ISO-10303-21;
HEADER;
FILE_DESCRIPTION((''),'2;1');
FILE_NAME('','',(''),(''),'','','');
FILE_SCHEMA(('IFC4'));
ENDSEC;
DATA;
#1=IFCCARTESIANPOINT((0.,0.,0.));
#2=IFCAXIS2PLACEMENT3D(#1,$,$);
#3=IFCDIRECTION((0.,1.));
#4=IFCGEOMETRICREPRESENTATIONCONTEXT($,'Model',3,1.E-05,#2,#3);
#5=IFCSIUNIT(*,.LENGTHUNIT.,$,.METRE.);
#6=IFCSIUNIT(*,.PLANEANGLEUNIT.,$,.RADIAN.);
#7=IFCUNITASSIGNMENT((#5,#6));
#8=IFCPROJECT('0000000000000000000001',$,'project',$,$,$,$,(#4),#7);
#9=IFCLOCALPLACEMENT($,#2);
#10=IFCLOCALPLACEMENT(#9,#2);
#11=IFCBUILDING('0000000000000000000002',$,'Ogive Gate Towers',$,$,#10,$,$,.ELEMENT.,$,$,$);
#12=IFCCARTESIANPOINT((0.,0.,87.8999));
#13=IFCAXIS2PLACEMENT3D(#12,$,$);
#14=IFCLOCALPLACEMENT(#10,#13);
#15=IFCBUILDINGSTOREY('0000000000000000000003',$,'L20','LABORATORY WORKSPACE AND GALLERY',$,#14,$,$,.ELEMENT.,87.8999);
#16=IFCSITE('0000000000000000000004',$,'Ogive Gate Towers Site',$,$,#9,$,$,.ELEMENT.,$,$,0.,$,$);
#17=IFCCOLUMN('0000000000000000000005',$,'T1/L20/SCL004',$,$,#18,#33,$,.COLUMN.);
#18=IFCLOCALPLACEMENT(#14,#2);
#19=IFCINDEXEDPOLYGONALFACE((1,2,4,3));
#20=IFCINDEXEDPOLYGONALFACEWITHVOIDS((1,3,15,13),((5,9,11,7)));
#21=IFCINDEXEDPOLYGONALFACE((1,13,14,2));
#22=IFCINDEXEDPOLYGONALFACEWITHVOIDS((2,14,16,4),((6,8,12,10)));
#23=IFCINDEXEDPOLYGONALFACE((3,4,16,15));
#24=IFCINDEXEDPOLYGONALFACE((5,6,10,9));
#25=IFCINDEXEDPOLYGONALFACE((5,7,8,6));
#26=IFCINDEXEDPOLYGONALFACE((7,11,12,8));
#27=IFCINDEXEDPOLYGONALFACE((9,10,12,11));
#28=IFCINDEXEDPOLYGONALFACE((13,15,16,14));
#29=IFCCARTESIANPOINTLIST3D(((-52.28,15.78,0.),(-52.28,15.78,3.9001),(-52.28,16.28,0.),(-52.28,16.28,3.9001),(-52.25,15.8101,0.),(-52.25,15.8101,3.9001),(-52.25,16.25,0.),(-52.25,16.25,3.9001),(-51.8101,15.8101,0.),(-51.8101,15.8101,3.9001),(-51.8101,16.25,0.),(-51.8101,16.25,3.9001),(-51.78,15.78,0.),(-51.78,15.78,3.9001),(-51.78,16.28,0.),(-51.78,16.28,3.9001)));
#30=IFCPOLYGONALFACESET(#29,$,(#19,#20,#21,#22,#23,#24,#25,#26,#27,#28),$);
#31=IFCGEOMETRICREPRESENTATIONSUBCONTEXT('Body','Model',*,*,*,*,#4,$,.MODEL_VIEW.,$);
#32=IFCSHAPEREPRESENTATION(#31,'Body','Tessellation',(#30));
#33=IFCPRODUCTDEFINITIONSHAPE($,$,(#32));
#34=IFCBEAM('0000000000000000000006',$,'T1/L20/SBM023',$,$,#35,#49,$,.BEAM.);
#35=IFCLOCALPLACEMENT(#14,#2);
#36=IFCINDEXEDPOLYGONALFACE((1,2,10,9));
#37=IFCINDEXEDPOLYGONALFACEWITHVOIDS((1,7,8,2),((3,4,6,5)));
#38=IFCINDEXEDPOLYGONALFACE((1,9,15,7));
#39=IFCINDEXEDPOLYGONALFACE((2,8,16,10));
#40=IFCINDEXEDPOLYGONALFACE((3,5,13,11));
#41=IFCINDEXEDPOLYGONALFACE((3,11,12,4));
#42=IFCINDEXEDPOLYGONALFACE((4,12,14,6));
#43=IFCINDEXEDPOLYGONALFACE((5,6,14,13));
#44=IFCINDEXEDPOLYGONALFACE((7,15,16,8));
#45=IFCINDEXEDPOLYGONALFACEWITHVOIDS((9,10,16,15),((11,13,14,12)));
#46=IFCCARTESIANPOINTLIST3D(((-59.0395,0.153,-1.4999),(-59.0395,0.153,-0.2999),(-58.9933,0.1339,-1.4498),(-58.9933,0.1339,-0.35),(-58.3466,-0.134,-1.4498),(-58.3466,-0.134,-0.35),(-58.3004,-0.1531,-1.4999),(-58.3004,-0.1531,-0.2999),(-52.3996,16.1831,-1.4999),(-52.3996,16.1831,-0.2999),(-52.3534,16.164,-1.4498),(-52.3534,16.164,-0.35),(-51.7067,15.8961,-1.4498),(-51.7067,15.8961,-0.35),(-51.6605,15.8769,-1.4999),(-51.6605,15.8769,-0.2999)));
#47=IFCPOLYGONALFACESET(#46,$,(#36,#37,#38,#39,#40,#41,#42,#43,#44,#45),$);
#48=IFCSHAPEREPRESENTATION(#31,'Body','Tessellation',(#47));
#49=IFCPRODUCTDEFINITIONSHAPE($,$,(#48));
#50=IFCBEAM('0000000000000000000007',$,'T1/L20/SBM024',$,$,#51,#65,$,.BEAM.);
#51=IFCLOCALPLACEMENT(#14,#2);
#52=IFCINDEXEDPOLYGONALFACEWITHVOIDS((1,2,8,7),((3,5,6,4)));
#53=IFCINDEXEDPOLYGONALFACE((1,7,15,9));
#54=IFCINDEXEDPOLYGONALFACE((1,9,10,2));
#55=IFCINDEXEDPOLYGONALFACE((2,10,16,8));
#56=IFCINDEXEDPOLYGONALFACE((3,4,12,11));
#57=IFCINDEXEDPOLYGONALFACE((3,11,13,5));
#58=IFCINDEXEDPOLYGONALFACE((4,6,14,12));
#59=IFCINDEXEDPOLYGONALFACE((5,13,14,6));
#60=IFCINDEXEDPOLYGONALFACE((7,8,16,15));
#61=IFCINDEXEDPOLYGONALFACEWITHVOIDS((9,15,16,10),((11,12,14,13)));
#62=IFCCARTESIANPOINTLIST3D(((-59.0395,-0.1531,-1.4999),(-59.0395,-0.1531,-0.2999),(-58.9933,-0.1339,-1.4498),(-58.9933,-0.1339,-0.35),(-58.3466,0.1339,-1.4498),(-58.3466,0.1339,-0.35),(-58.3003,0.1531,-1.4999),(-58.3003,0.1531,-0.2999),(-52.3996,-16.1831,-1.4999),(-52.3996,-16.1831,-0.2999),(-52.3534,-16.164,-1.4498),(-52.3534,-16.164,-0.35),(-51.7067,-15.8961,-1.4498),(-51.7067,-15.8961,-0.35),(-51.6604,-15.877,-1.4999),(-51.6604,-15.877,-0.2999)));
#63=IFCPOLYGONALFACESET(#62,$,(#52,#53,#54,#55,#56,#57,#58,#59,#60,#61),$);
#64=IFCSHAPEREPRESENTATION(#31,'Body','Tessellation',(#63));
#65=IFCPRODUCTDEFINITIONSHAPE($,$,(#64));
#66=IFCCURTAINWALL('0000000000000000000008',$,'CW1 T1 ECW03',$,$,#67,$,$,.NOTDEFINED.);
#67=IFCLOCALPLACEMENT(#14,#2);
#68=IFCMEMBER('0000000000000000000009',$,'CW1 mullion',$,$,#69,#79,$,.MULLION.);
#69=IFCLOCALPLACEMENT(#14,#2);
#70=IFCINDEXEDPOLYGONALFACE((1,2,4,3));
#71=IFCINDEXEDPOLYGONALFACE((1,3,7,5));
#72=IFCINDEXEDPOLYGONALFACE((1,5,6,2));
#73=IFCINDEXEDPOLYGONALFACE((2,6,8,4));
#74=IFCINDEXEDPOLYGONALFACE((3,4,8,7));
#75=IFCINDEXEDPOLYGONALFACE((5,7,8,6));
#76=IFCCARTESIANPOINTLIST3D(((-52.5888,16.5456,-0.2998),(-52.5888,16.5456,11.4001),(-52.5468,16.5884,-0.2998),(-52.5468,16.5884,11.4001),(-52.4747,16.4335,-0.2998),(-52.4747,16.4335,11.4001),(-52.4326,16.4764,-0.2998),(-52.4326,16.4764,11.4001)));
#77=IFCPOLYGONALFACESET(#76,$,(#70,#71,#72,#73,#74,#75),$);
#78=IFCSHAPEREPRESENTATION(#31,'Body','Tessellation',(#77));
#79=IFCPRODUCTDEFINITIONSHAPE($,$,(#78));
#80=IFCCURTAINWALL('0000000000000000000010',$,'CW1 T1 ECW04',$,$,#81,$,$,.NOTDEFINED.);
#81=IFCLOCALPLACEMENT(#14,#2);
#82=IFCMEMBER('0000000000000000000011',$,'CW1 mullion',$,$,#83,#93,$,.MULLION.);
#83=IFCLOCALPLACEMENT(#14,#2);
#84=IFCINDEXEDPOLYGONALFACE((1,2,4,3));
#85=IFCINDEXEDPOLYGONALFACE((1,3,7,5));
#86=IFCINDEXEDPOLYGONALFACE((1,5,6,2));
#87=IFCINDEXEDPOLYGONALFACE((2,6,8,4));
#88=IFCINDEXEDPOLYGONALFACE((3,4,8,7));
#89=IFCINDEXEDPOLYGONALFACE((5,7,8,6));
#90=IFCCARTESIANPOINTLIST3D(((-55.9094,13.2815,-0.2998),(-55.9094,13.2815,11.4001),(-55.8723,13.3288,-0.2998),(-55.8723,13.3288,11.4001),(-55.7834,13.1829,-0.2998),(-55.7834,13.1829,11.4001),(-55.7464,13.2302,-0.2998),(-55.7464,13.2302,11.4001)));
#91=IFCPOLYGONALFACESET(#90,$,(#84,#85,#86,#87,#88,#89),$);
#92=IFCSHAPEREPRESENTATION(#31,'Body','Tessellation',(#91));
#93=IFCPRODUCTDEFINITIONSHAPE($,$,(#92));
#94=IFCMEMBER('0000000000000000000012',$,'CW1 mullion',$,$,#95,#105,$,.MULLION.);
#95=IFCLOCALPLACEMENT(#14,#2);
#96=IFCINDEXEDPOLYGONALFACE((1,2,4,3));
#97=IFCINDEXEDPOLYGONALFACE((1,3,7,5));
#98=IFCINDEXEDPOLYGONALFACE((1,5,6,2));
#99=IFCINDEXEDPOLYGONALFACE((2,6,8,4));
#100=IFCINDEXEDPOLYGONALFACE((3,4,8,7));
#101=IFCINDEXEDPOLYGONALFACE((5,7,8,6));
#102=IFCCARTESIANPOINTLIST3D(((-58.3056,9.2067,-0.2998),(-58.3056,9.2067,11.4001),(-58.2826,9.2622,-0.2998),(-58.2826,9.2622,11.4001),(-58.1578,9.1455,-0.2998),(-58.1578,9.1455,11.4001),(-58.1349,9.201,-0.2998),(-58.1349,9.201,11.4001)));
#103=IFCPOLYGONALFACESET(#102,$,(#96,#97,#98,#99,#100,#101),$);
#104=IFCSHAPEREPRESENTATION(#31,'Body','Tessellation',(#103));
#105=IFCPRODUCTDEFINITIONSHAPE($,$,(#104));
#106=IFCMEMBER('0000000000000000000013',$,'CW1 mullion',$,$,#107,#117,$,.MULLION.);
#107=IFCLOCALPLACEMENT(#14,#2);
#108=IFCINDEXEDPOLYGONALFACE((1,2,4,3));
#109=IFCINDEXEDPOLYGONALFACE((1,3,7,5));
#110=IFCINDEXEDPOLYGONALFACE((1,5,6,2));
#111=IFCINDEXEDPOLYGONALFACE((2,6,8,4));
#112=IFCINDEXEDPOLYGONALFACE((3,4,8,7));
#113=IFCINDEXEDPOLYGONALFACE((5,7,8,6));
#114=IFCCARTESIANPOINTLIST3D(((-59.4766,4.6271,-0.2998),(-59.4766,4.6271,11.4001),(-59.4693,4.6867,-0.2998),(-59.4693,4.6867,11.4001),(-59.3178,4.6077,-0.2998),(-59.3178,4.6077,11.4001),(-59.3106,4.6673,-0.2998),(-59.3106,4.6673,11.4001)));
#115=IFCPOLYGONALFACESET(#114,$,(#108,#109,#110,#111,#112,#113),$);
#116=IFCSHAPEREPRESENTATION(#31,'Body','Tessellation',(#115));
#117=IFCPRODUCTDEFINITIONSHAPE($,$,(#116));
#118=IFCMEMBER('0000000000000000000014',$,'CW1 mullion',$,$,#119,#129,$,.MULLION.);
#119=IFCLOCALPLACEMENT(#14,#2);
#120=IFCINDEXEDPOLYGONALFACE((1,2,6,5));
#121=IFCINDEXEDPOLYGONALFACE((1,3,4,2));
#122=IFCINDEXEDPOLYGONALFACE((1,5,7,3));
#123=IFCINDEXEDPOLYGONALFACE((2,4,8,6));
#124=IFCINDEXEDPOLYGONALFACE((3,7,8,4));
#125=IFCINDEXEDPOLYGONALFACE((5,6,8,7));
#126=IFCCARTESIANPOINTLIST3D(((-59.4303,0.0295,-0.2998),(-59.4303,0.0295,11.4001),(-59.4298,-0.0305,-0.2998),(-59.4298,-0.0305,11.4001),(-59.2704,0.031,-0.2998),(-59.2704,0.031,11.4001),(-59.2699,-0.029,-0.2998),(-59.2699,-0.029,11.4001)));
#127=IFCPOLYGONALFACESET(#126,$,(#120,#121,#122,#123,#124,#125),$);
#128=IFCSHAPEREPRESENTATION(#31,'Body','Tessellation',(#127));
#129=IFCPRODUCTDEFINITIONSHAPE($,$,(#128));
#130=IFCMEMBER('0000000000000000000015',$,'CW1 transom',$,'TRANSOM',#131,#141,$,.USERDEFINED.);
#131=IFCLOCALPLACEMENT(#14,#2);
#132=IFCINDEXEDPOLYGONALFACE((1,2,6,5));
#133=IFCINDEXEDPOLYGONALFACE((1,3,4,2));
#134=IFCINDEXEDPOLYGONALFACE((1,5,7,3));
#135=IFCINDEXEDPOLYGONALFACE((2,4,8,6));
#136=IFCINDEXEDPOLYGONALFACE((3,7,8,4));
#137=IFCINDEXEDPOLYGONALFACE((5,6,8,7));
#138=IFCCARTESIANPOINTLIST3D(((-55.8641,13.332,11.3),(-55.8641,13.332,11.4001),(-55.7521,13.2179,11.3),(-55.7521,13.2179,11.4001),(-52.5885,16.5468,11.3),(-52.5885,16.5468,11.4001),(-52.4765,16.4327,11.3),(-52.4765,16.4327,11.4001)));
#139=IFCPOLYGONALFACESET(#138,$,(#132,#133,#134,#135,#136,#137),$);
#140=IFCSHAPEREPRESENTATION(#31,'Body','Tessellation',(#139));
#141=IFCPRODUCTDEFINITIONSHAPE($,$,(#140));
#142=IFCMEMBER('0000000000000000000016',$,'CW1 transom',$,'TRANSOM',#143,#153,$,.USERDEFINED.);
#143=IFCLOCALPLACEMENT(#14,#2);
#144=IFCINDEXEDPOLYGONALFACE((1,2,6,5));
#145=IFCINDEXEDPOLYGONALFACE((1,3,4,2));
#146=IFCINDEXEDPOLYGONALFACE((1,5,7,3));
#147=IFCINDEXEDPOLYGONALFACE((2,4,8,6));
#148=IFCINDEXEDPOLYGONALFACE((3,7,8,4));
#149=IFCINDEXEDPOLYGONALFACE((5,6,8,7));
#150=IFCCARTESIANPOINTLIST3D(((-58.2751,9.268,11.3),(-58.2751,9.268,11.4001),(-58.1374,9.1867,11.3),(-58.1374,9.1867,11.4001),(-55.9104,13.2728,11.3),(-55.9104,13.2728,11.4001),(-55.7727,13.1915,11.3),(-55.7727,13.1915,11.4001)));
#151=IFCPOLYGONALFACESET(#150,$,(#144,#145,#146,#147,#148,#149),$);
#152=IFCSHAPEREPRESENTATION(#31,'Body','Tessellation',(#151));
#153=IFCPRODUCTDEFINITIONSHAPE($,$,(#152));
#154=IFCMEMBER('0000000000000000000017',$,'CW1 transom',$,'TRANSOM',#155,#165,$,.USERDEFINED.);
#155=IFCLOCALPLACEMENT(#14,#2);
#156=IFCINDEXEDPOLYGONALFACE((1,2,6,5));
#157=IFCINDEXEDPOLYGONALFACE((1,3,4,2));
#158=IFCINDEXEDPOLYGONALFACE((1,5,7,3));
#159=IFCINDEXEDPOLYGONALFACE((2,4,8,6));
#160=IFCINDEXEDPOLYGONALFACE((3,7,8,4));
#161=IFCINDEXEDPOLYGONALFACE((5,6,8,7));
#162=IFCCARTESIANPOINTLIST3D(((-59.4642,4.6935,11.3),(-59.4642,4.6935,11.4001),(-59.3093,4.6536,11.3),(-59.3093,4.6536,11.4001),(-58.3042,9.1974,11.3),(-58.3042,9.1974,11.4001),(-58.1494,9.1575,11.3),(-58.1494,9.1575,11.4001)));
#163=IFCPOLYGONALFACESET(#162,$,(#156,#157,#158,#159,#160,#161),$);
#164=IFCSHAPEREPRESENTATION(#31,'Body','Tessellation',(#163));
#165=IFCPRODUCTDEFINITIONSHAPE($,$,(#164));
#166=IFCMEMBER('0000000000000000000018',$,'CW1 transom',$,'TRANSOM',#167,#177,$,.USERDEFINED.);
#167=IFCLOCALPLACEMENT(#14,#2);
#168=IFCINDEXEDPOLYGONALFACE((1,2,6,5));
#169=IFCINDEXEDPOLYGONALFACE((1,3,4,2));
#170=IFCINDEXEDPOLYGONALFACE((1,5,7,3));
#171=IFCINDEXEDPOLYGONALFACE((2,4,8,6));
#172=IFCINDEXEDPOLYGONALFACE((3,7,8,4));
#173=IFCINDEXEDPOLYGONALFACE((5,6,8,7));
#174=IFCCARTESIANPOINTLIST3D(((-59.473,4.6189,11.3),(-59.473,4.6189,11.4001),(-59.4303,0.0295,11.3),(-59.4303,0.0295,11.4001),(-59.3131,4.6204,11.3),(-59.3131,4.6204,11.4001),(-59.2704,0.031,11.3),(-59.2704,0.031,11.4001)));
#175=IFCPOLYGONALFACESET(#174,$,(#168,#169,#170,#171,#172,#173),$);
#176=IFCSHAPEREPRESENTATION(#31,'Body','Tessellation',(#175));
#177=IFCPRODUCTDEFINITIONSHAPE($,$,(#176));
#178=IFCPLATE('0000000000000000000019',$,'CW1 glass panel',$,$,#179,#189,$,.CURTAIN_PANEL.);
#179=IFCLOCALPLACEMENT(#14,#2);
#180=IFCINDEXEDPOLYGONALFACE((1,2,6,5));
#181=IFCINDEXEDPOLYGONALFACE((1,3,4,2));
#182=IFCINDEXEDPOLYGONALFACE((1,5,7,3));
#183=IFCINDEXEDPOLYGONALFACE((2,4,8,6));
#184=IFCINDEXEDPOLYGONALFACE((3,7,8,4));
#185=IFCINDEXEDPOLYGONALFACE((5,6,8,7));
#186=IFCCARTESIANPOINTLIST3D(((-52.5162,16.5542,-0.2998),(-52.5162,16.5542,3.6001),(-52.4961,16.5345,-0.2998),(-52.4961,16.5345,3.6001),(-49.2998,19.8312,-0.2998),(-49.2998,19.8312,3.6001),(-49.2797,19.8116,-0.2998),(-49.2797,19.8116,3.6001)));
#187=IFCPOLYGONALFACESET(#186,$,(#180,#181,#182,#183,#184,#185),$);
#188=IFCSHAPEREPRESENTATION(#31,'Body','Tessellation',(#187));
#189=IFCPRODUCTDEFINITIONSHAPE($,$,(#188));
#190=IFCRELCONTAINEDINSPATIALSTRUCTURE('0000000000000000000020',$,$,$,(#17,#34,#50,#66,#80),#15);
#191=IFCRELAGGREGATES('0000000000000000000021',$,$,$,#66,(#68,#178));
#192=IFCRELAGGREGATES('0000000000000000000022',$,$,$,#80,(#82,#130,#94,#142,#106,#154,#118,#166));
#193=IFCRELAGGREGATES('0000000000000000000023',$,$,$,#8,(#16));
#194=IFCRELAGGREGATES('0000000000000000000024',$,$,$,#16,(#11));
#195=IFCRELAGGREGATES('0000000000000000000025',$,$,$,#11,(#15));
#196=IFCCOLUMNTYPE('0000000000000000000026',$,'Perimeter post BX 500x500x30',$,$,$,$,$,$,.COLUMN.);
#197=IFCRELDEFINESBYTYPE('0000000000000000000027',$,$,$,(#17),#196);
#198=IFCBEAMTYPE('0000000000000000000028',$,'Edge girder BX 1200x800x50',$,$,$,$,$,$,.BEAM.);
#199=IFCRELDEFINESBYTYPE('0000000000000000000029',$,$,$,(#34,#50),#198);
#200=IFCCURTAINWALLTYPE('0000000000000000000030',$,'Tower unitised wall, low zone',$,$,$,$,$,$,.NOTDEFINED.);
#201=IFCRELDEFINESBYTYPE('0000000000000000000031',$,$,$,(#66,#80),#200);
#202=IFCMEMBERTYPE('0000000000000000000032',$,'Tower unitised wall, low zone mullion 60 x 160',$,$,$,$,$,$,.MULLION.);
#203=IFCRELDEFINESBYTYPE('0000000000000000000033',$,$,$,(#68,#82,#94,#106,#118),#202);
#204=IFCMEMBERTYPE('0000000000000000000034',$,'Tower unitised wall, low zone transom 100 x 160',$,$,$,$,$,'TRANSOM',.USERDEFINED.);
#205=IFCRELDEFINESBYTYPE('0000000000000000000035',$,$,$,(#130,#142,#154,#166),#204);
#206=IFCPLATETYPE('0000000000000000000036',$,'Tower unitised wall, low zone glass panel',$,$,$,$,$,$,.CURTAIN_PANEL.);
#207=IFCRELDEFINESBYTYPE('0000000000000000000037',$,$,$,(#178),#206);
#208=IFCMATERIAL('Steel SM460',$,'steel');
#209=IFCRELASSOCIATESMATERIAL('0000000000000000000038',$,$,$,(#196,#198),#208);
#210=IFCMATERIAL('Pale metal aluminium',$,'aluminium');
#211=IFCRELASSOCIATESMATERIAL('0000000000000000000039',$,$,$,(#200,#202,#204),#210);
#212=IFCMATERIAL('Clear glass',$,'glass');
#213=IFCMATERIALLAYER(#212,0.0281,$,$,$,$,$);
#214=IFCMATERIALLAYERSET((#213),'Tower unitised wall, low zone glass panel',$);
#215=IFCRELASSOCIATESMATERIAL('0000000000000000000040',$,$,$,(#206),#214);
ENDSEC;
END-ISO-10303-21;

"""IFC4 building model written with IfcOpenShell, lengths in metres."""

from ifc_helpers import new_model, si_unit, direction, frame, origin, origin_2d, place, context, subcontext, project, spatial, rectangle, hollow_rectangle, extrude, material, layer, layer_set, material_profile, profile_set, type_object, element, aggregate, save


model = new_model("IFC4")

# Units and contexts
model_context = context("Model", 3, precision=1e-05, world=origin(), true_north=direction((0.0, 1.0)))
body_context = subcontext(model_context, "Body", "Model", "MODEL_VIEW")
ifc_project = project(units=[si_unit("LENGTHUNIT", "METRE"), si_unit("PLANEANGLEUNIT", "RADIAN")], contexts=[model_context])

# Site, building, storey
site_placement = place(None, origin())
site = spatial("IfcSite", under=ifc_project, at=site_placement, Name="Ogive Gate Towers Site", CompositionType="ELEMENT", RefElevation=0.0)
building_placement = place(site_placement, origin())
building = spatial("IfcBuilding", under=site, at=building_placement, Name="Ogive Gate Towers", CompositionType="ELEMENT")
storey_placement = place(building_placement, frame((0.0, 0.0, 87.8999)))
storey = spatial("IfcBuildingStorey", under=building, at=storey_placement, Name="L20", Description="LABORATORY WORKSPACE AND GALLERY", CompositionType="ELEMENT", Elevation=87.8999)

# Column
ifc_material_1 = material(Name="Steel SM460", Category="steel")
ifc_material_profile_1 = material_profile(ifc_material_1, hollow_rectangle(XDim=0.5, YDim=0.5, WallThickness=0.03, at=origin_2d()), Name="BX 500x500x30")
ifc_profile_set_1 = profile_set([ifc_material_profile_1], Name="Steel SM460")
column_type = type_object("IfcColumnType", Name="Perimeter post BX 500x500x30", PredefinedType="COLUMN", material=ifc_profile_set_1)
column_placement = place(storey_placement, frame((-52.03, 16.03, 0.0), z_axis=(0.0, 0.0, 1.0), x_axis=(1.0, 0.0, 0.0)))
element("IfcColumn", 1, at=column_placement, inside=storey, type_object=column_type, Name="T1/L20/SCL004", PredefinedType="COLUMN", context=body_context, shape_type="SweptSolid", body=[
    extrude(hollow_rectangle(XDim=0.5, YDim=0.5, WallThickness=0.03, at=origin_2d()), origin(), (0.0, 0.0, 1.0), 3.9001),
])

# Beams
ifc_material_profile_2 = material_profile(ifc_material_1, hollow_rectangle(XDim=0.8, YDim=1.2, WallThickness=0.05, at=origin_2d()), Name="BX 1200x800x50")
ifc_profile_set_2 = profile_set([ifc_material_profile_2], Name="Steel SM460")
beam_type = type_object("IfcBeamType", Name="Edge girder BX 1200x800x50", PredefinedType="BEAM", material=ifc_profile_set_2)
for number, where, z_axis, x_axis, name in (
    (2, (-52.03, 16.03, -0.8999), (-0.382685, -0.923879, 0.0), (0.923879, -0.382685, 0.0), "T1/L20/SBM023"),
    (3, (-58.6699, 0.0, -0.8999), (0.382685, -0.923879, 0.0), (0.923879, 0.382685, 0.0), "T1/L20/SBM024"),
):
    element("IfcBeam", number, at=place(storey_placement, frame(where, z_axis=z_axis, x_axis=x_axis)), inside=storey, type_object=beam_type, Name=name, PredefinedType="BEAM", context=body_context, shape_type="SweptSolid", body=[
        extrude(hollow_rectangle(XDim=0.8, YDim=1.2, WallThickness=0.05, at=origin_2d()), origin(), (0.0, 0.0, 1.0), 17.3508),
    ])

# Curtain wall, member
ifc_material_2 = material(Name="Pale metal aluminium", Category="aluminium")
curtain_wall_type = type_object("IfcCurtainWallType", Name="Tower unitised wall, low zone", PredefinedType="NOTDEFINED", material=ifc_material_2)
curtain_wall_1_placement = place(storey_placement, origin())
curtain_wall_1 = element("IfcCurtainWall", 4, at=curtain_wall_1_placement, inside=storey, type_object=curtain_wall_type, Name="CW1 T1 ECW03", PredefinedType="NOTDEFINED")
ifc_material_profile_3 = material_profile(ifc_material_2, rectangle(XDim=0.1599, YDim=0.0601, at=origin_2d()), Name="60 x 160 aluminium box")
ifc_profile_set_3 = profile_set([ifc_material_profile_3], Name="Pale metal aluminium")
member_type_1 = type_object("IfcMemberType", Name="Tower unitised wall, low zone mullion 60 x 160", PredefinedType="MULLION", material=ifc_profile_set_3)
member_1_placement = place(storey_placement, frame((-52.5107, 16.511, -0.2998), z_axis=(0.0, 0.0, 1.0), x_axis=(-0.713678, 0.700473, 0.0)))
member_1 = element("IfcMember", 5, at=member_1_placement, type_object=member_type_1, Name="CW1 mullion", PredefinedType="MULLION", context=body_context, shape_type="SweptSolid", body=[
    extrude(rectangle(XDim=0.1599, YDim=0.0601, at=origin_2d()), origin(), (0.0, 0.0, 1.0), 11.7),
])

# Curtain wall, members
curtain_wall_2_placement = place(storey_placement, origin())
curtain_wall_2 = element("IfcCurtainWall", 6, at=curtain_wall_2_placement, inside=storey, type_object=curtain_wall_type, Name="CW1 T1 ECW04", PredefinedType="NOTDEFINED")
member_2_placement = place(storey_placement, frame((-55.8279, 13.2559, -0.2998), z_axis=(0.0, 0.0, 1.0), x_axis=(-0.787495, 0.616321, 0.0)))
member_2 = element("IfcMember", 7, at=member_2_placement, type_object=member_type_1, Name="CW1 mullion", PredefinedType="MULLION", context=body_context, shape_type="SweptSolid", body=[
    extrude(rectangle(XDim=0.1599, YDim=0.0601, at=origin_2d()), origin(), (0.0, 0.0, 1.0), 11.7),
])
member_3_placement = place(storey_placement, frame((-58.2202, 9.2039, -0.2998), z_axis=(0.0, 0.0, 1.0), x_axis=(-0.92388, 0.382683, 0.0)))
member_3 = element("IfcMember", 8, at=member_3_placement, type_object=member_type_1, Name="CW1 mullion", PredefinedType="MULLION", context=body_context, shape_type="SweptSolid", body=[
    extrude(rectangle(XDim=0.1599, YDim=0.0601, at=origin_2d()), origin(), (0.0, 0.0, 1.0), 11.7),
])
member_4_placement = place(storey_placement, frame((-59.3936, 4.6472, -0.2998), z_axis=(0.0, 0.0, 1.0), x_axis=(-0.992648, 0.121038, 0.0)))
member_4 = element("IfcMember", 9, at=member_4_placement, type_object=member_type_1, Name="CW1 mullion", PredefinedType="MULLION", context=body_context, shape_type="SweptSolid", body=[
    extrude(rectangle(XDim=0.1599, YDim=0.0601, at=origin_2d()), origin(), (0.0, 0.0, 1.0), 11.7),
])
member_5_placement = place(storey_placement, frame((-59.3501, 0.0002, -0.2998), z_axis=(0.0, 0.0, 1.0), x_axis=(-0.999956, -0.009337, 0.0)))
member_5 = element("IfcMember", 10, at=member_5_placement, type_object=member_type_1, Name="CW1 mullion", PredefinedType="MULLION", context=body_context, shape_type="SweptSolid", body=[
    extrude(rectangle(XDim=0.1599, YDim=0.0601, at=origin_2d()), origin(), (0.0, 0.0, 1.0), 11.7),
])
ifc_material_profile_4 = material_profile(ifc_material_2, rectangle(XDim=0.1599, YDim=0.1001, at=origin_2d()), Name="100 x 160 aluminium box")
ifc_profile_set_4 = profile_set([ifc_material_profile_4], Name="Pale metal aluminium")
member_type_2 = type_object("IfcMemberType", Name="Tower unitised wall, low zone transom 100 x 160", ElementType="TRANSOM", PredefinedType="USERDEFINED", material=ifc_profile_set_4)
member_6_placement = place(storey_placement, frame((-52.5325, 16.4897, 11.3501), z_axis=(-0.713698, -0.700453, 0.0), x_axis=(0.700453, -0.713698, 0.0)))
member_6 = element("IfcMember", 11, at=member_6_placement, type_object=member_type_2, Name="CW1 transom", ObjectType="TRANSOM", PredefinedType="USERDEFINED", context=body_context, shape_type="SweptSolid", body=[
    extrude(rectangle(XDim=0.1599, YDim=0.1001, at=origin_2d()), origin(), (0.0, 0.0, 1.0), 4.5896),
])
member_7_placement = place(storey_placement, frame((-55.8416, 13.2322, 11.3501), z_axis=(-0.508446, -0.861094, 0.0), x_axis=(0.861094, -0.508446, 0.0)))
member_7 = element("IfcMember", 12, at=member_7_placement, type_object=member_type_2, Name="CW1 transom", ObjectType="TRANSOM", PredefinedType="USERDEFINED", context=body_context, shape_type="SweptSolid", body=[
    extrude(rectangle(XDim=0.1599, YDim=0.1001, at=origin_2d()), origin(), (0.0, 0.0, 1.0), 4.6509),
])
member_8_placement = place(storey_placement, frame((-58.2268, 9.1775, 11.3501), z_axis=(-0.249397, -0.968401, 0.0), x_axis=(0.968401, -0.249397, 0.0)))
member_8 = element("IfcMember", 13, at=member_8_placement, type_object=member_type_2, Name="CW1 transom", ObjectType="TRANSOM", PredefinedType="USERDEFINED", context=body_context, shape_type="SweptSolid", body=[
    extrude(rectangle(XDim=0.1599, YDim=0.1001, at=origin_2d()), origin(), (0.0, 0.0, 1.0), 4.6509),
])
member_9_placement = place(storey_placement, frame((-59.3931, 4.6196, 11.3501), z_axis=(0.009309, -0.999957, 0.0), x_axis=(0.999957, 0.009309, 0.0)))
member_9 = element("IfcMember", 14, at=member_9_placement, type_object=member_type_2, Name="CW1 transom", ObjectType="TRANSOM", PredefinedType="USERDEFINED", context=body_context, shape_type="SweptSolid", body=[
    extrude(rectangle(XDim=0.1599, YDim=0.1001, at=origin_2d()), origin(), (0.0, 0.0, 1.0), 4.5896),
])

# Plate
ifc_material_3 = material(Name="Clear glass", Category="glass")
ifc_layer_1 = layer(ifc_material_3, 0.0281)
ifc_layer_set_1 = layer_set([ifc_layer_1], Name="Tower unitised wall, low zone glass panel")
plate_type = type_object("IfcPlateType", Name="Tower unitised wall, low zone glass panel", PredefinedType="CURTAIN_PANEL", material=ifc_layer_set_1)
plate_1_placement = place(storey_placement, frame((-50.8979, 18.1829, -0.2998), z_axis=(0.0, 0.0, 1.0), x_axis=(-0.700473, -0.713678, 0.0)))
plate_1 = element("IfcPlate", 15, at=plate_1_placement, type_object=plate_type, Name="CW1 glass panel", PredefinedType="CURTAIN_PANEL", context=body_context, shape_type="SweptSolid", body=[
    extrude(rectangle(XDim=4.5918, YDim=0.0281, at=origin_2d()), origin(), (0.0, 0.0, 1.0), 3.8999),
])
aggregate(curtain_wall_1, [member_1, plate_1])
aggregate(curtain_wall_2, [member_2, member_6, member_3, member_7, member_4, member_8, member_5, member_9])

save(model, "model.ifc")
